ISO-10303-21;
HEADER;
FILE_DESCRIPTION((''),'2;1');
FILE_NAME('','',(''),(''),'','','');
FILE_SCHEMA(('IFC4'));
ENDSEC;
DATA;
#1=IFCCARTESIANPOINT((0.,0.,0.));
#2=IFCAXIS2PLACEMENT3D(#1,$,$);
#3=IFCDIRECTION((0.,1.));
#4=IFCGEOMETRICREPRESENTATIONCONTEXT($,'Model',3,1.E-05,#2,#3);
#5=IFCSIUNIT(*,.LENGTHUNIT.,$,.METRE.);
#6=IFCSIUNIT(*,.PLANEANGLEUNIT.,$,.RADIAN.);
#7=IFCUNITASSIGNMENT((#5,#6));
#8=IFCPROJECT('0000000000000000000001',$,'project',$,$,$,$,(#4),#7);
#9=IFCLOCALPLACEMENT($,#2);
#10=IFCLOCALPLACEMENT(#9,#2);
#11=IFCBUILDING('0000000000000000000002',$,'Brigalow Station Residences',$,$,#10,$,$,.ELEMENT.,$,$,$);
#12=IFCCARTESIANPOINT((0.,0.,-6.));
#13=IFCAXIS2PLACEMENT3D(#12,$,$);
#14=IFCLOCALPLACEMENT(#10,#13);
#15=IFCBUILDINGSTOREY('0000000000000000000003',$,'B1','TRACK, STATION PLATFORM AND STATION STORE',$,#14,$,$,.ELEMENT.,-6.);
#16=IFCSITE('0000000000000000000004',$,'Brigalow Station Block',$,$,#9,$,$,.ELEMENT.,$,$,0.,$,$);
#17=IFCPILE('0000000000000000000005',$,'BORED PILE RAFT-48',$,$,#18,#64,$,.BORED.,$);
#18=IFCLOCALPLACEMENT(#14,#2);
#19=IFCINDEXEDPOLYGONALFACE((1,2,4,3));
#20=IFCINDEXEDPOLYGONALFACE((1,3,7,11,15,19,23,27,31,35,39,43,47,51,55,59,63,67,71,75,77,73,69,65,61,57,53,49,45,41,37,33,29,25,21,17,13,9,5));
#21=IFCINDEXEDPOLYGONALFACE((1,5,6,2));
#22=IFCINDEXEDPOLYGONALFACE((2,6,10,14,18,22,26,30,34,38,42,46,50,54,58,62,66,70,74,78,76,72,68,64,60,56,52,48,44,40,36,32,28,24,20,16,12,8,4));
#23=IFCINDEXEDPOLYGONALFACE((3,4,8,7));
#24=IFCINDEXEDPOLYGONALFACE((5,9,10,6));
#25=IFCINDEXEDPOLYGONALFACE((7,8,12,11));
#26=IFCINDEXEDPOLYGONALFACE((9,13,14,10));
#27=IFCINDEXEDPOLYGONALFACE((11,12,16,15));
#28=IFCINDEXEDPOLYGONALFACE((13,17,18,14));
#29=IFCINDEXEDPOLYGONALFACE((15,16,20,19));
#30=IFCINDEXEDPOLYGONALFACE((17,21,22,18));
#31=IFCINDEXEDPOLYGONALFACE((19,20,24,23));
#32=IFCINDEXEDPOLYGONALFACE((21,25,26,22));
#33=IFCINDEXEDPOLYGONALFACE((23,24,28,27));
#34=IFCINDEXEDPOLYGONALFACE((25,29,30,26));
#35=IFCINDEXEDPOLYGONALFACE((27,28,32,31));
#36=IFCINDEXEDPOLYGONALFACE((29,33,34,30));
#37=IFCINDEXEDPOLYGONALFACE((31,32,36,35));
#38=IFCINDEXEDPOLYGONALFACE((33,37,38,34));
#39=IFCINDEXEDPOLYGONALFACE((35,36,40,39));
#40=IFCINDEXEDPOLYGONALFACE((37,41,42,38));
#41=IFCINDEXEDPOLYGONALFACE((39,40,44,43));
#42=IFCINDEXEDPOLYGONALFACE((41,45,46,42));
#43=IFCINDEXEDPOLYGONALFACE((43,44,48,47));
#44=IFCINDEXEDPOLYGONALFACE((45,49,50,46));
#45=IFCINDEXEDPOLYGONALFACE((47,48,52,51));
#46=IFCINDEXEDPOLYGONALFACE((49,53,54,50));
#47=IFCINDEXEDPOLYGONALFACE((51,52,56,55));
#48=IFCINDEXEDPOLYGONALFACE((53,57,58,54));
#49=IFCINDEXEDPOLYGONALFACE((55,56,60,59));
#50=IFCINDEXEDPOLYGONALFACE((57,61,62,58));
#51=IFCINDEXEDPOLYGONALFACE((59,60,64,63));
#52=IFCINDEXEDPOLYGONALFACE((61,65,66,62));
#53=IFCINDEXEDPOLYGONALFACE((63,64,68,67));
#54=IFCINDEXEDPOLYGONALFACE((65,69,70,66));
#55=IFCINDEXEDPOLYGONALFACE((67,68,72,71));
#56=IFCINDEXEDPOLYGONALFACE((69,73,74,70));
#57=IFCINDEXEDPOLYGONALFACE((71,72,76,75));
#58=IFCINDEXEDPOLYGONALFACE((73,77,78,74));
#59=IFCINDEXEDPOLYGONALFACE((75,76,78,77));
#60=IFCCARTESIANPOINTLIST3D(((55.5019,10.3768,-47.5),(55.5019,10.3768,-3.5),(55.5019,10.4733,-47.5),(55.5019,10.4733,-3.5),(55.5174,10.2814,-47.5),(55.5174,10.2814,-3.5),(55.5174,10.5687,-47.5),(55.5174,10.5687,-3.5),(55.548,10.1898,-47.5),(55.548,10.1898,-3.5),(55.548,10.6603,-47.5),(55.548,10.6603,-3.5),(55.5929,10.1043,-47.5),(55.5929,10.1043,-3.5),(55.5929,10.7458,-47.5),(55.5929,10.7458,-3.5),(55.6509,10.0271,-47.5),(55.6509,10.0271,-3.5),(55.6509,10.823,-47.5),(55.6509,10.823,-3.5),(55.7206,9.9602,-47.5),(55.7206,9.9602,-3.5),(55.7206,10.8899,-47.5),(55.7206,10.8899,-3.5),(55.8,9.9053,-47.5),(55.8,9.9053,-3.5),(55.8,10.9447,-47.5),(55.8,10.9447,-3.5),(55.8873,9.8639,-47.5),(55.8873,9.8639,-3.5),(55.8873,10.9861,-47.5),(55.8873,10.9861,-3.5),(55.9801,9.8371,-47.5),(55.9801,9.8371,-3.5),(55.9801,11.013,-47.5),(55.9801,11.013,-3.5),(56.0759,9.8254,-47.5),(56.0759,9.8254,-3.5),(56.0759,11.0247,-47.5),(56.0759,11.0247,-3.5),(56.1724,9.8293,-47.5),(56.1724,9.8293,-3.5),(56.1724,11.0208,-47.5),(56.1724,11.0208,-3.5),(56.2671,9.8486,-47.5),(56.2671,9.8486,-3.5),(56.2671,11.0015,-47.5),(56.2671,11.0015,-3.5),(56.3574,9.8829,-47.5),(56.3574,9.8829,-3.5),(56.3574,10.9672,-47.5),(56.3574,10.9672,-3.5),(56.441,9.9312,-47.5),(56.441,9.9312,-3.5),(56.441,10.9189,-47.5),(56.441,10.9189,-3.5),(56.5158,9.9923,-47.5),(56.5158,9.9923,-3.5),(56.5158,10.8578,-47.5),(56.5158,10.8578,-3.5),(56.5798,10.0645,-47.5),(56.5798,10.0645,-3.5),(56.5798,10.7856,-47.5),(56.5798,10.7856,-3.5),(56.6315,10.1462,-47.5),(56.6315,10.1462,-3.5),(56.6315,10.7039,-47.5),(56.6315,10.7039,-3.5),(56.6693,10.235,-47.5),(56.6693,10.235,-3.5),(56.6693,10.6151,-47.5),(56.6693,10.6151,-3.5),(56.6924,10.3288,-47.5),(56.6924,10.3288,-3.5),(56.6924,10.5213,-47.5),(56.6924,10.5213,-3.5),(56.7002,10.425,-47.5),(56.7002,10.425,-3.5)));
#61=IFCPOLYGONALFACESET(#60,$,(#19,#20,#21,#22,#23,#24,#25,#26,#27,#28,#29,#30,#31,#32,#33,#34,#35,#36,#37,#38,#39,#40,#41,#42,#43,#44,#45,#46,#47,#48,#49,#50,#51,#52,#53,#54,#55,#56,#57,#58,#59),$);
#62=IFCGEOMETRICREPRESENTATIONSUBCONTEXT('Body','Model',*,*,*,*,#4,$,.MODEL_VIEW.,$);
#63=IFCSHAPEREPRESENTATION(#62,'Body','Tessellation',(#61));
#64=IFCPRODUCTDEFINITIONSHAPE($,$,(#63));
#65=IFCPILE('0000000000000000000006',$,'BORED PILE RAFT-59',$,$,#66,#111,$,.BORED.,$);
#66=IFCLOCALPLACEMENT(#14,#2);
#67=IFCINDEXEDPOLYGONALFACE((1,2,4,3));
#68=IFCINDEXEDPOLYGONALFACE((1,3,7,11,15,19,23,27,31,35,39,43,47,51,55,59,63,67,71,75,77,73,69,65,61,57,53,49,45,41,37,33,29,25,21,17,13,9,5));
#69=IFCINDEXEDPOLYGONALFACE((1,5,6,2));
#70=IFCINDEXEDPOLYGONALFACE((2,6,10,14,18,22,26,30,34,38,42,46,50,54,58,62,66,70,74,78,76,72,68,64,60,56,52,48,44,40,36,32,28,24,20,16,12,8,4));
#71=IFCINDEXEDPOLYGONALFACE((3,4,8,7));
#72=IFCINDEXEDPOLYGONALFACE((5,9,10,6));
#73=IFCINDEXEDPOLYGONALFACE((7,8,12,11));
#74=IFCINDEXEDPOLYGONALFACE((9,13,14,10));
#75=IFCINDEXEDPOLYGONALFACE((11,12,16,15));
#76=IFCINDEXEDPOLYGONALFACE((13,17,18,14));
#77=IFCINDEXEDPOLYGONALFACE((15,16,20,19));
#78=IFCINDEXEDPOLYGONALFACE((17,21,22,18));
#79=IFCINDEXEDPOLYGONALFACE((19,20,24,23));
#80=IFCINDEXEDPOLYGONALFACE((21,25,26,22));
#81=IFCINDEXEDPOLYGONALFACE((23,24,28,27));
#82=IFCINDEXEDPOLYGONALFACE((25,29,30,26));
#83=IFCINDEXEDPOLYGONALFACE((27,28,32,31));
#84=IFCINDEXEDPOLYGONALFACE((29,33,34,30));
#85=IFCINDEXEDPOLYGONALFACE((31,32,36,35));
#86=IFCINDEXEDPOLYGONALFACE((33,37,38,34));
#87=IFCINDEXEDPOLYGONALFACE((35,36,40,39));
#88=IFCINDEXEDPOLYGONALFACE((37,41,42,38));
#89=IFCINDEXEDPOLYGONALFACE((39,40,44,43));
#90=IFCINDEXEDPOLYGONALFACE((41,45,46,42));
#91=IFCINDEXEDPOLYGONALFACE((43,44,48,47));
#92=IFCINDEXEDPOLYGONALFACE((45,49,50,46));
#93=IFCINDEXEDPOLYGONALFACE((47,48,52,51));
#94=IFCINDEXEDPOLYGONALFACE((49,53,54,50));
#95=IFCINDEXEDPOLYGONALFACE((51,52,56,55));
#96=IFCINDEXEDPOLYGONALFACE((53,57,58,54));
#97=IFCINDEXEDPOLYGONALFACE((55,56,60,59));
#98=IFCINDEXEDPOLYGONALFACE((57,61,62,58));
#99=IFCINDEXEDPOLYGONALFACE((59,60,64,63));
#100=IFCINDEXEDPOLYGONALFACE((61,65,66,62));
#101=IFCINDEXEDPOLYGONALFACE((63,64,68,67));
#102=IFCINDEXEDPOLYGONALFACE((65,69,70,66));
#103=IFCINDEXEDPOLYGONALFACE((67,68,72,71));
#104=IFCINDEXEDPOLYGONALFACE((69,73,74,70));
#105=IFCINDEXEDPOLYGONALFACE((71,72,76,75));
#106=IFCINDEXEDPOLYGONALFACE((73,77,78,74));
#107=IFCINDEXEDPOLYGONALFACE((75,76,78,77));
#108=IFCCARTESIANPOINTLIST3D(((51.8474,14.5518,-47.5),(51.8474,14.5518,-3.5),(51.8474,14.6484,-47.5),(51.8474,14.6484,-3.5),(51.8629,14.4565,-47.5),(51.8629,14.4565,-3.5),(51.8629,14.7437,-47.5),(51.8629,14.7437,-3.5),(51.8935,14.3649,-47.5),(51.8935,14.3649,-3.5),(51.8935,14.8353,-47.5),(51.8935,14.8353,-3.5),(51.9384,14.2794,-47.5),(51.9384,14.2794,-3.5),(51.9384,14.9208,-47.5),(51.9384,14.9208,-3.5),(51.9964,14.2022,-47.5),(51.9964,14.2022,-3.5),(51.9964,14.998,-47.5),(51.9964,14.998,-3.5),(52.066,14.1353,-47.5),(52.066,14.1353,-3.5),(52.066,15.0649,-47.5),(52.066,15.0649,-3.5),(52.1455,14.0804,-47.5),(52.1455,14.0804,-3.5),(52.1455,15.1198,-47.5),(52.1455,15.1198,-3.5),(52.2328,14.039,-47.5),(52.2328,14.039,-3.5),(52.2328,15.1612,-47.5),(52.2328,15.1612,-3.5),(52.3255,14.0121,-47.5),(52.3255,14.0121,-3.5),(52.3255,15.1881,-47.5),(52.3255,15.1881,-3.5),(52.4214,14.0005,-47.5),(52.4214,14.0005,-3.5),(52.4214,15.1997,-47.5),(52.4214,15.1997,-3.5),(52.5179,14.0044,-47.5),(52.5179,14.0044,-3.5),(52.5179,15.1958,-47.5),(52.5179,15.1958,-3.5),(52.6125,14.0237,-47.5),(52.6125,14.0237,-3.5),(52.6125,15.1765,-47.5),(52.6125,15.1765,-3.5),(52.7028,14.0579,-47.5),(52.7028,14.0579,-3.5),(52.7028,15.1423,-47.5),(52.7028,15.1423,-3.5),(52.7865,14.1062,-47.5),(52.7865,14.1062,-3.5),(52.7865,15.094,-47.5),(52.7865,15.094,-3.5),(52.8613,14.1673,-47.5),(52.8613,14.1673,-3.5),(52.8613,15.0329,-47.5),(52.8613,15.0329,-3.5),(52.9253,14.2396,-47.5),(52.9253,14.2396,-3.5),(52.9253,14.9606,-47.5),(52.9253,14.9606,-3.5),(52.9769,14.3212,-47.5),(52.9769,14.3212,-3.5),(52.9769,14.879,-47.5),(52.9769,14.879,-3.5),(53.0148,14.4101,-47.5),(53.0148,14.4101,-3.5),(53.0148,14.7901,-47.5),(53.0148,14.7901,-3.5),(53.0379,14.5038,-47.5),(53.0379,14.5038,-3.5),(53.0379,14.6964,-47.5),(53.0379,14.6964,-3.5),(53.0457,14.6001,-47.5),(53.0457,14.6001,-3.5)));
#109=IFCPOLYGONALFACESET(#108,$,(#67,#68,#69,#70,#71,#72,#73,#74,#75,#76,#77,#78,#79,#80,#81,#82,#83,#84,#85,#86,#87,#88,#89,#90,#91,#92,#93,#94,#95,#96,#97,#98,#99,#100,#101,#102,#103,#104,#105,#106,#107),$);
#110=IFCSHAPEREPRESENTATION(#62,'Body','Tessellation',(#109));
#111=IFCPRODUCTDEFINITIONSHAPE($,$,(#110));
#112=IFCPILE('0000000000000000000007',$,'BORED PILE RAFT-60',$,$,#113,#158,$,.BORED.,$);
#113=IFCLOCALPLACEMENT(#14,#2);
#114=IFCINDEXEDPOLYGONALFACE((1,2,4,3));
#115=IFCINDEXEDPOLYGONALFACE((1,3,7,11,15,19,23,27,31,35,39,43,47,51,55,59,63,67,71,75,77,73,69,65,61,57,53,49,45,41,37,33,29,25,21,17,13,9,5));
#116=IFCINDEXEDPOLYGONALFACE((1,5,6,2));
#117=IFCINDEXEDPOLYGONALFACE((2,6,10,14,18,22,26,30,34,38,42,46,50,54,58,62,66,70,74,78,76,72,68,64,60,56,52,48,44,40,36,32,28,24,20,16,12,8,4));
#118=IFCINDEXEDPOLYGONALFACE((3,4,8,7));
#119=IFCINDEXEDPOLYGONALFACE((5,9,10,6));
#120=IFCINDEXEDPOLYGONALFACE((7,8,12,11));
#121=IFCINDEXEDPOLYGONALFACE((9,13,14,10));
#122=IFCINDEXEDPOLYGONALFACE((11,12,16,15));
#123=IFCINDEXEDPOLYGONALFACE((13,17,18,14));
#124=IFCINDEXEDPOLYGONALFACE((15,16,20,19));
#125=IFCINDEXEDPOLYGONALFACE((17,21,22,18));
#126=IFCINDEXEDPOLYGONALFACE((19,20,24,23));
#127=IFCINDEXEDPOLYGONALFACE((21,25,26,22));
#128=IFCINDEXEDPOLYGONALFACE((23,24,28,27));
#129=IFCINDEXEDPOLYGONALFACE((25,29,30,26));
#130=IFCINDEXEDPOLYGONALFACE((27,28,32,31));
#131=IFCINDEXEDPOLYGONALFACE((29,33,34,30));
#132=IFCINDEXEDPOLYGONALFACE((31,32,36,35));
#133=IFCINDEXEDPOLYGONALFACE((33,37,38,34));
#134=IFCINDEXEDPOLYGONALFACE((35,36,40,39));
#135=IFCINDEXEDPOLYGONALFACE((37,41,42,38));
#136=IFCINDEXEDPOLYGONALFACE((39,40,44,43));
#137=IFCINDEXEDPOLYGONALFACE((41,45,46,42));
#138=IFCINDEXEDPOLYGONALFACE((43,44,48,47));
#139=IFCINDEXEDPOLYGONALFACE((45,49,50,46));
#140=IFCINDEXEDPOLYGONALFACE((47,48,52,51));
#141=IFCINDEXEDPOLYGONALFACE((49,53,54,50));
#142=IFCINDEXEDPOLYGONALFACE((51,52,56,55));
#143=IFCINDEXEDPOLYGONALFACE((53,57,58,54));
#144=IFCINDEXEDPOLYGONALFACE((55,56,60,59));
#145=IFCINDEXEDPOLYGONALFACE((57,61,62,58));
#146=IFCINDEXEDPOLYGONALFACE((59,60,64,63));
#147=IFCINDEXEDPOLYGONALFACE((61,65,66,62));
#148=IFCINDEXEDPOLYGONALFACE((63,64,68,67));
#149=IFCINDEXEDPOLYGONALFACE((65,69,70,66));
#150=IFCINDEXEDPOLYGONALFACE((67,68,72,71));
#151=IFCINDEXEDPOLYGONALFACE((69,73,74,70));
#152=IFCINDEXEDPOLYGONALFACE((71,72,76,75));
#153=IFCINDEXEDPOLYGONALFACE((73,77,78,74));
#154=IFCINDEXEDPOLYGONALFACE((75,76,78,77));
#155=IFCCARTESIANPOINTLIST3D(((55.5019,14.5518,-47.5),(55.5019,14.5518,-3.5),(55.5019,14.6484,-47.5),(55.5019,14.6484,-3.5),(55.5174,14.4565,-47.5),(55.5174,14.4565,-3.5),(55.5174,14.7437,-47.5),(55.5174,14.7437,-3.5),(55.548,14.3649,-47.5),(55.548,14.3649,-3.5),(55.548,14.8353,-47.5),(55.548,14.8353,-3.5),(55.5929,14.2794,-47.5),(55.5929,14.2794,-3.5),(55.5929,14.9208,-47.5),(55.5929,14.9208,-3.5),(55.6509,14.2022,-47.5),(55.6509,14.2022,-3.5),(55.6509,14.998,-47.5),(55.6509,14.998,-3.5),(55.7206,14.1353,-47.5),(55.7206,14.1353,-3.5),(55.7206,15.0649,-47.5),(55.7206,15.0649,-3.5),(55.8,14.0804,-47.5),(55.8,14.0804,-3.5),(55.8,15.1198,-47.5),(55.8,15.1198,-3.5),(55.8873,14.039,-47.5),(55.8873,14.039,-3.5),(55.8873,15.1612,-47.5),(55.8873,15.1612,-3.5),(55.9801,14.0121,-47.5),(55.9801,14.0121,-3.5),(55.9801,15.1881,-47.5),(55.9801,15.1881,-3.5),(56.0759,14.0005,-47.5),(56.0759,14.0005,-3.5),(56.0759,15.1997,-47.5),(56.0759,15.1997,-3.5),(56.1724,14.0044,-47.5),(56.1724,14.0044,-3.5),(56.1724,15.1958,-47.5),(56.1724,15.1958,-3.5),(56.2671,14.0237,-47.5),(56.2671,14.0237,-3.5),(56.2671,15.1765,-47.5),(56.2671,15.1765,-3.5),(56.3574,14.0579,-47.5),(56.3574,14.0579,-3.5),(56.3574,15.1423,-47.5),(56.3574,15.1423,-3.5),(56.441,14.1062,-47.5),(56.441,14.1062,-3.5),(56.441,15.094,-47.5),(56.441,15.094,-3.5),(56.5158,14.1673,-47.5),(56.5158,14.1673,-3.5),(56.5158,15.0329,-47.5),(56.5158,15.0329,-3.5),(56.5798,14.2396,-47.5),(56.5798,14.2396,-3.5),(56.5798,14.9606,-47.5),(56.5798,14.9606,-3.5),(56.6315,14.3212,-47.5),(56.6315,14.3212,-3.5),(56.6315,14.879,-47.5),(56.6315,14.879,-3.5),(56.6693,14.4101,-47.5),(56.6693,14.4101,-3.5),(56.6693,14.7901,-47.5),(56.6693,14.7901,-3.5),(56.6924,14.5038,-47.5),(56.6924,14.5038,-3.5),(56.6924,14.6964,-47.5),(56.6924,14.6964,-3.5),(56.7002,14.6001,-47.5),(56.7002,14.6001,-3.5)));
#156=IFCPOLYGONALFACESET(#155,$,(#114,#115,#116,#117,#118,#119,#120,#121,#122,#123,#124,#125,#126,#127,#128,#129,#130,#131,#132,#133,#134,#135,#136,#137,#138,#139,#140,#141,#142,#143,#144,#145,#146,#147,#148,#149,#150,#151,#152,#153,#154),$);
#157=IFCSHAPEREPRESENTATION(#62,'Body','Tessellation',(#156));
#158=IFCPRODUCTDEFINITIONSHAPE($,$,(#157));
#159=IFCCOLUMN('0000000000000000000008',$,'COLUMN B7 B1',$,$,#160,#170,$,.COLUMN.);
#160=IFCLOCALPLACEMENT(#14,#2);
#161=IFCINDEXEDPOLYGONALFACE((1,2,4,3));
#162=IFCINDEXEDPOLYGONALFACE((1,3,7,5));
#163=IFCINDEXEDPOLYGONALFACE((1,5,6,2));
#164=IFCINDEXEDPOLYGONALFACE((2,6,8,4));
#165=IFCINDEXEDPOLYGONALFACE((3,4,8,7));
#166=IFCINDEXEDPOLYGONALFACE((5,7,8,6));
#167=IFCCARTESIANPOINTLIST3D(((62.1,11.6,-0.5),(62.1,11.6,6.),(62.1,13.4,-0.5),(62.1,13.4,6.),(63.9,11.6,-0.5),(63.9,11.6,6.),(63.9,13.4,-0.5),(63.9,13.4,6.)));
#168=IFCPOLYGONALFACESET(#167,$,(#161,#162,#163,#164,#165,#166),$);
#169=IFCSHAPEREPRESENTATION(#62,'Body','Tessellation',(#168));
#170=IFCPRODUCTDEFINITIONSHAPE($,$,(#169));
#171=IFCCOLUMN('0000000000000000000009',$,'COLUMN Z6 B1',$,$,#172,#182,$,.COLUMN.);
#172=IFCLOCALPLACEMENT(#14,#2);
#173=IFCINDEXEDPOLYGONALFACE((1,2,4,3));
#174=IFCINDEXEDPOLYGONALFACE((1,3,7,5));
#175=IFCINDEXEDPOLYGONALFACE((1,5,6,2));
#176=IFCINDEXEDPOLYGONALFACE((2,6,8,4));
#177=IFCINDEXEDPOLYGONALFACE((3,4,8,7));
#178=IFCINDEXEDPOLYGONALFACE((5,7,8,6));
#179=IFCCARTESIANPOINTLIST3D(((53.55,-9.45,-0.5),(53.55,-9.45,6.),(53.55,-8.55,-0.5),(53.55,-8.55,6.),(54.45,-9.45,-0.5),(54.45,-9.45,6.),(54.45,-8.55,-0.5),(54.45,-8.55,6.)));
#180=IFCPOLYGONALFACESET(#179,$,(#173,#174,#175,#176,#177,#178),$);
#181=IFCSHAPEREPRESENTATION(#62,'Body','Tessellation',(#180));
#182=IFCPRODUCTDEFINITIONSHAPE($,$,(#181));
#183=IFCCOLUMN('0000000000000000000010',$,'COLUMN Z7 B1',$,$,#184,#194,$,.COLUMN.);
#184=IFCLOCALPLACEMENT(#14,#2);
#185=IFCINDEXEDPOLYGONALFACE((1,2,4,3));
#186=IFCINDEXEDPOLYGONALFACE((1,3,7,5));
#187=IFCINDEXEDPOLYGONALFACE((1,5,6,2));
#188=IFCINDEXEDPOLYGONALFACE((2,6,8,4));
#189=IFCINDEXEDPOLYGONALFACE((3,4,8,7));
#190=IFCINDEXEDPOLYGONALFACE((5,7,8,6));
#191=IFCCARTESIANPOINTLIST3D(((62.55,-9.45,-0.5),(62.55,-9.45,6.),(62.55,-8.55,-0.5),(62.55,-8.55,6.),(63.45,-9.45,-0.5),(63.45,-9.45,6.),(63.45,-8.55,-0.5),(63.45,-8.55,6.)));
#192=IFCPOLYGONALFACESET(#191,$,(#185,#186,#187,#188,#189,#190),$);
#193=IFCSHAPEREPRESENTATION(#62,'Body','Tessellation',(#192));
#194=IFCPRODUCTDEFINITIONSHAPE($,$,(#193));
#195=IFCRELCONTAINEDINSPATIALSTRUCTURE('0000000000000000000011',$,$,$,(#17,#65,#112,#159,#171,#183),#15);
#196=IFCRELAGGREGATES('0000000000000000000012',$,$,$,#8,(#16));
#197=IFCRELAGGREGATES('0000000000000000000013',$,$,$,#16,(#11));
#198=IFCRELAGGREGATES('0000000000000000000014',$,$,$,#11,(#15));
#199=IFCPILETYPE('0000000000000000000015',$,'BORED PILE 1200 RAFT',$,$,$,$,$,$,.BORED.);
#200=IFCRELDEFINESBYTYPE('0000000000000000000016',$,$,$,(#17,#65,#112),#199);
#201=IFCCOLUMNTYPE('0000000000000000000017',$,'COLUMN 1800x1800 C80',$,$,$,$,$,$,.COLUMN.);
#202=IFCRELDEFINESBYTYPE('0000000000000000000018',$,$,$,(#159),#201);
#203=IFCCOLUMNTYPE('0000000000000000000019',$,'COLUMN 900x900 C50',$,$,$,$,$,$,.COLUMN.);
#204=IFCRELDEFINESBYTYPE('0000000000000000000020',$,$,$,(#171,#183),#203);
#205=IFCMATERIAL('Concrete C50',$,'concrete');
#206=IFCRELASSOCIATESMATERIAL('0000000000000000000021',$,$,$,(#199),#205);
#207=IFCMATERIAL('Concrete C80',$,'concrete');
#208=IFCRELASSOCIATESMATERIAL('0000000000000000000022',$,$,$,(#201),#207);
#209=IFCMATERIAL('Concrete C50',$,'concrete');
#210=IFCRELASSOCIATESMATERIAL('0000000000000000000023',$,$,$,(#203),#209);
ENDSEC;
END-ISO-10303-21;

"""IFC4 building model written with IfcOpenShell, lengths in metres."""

from ifc_helpers import new_model, si_unit, direction, frame, origin, origin_2d, place, context, subcontext, project, spatial, rectangle, circle, extrude, material, material_profile, profile_set, type_object, element, save


model = new_model("IFC4")

# Units and contexts
model_context = context("Model", 3, precision=1e-05, world=origin(), true_north=direction((0.0, 1.0)))
body_context = subcontext(model_context, "Body", "Model", "MODEL_VIEW")
ifc_project = project(units=[si_unit("LENGTHUNIT", "METRE"), si_unit("PLANEANGLEUNIT", "RADIAN")], contexts=[model_context])

# Site, building, storey
site_placement = place(None, origin())
site = spatial("IfcSite", under=ifc_project, at=site_placement, Name="Brigalow Station Block", CompositionType="ELEMENT", RefElevation=0.0)
building_placement = place(site_placement, origin())
building = spatial("IfcBuilding", under=site, at=building_placement, Name="Brigalow Station Residences", CompositionType="ELEMENT")
storey_placement = place(building_placement, frame((0.0, 0.0, -6.0)))
storey = spatial("IfcBuildingStorey", under=building, at=storey_placement, Name="B1", Description="TRACK, STATION PLATFORM AND STATION STORE", CompositionType="ELEMENT", Elevation=-6.0)

# Piles
ifc_material_1 = material(Name="Concrete C50", Category="concrete")
ifc_material_profile_1 = material_profile(ifc_material_1, circle(Radius=0.6001, at=origin_2d()), Name="BP1200")
ifc_profile_set_1 = profile_set([ifc_material_profile_1], Name="Concrete C50")
pile_type_1 = type_object("IfcPileType", Name="BORED PILE 1200 RAFT", PredefinedType="BORED", material=ifc_profile_set_1)
for number, where, z_axis, x_axis, name in (
    (1, (56.1001, 10.425, -3.5), (0.0, 0.0, -1.0), (1.0, 0.0, 0.0), "BORED PILE RAFT-48"),
    (2, (52.4456, 14.6001, -3.5), (0.0, 0.0, -1.0), (1.0, 0.0, 0.0), "BORED PILE RAFT-59"),
    (3, (56.1001, 14.6001, -3.5), (0.0, 0.0, -1.0), (1.0, 0.0, 0.0), "BORED PILE RAFT-60"),
):
    element("IfcPile", number, at=place(storey_placement, frame(where, z_axis=z_axis, x_axis=x_axis)), inside=storey, type_object=pile_type_1, Name=name, PredefinedType="BORED", context=body_context, shape_type="SweptSolid", body=[
        extrude(circle(Radius=0.6001, at=origin_2d()), origin(), (0.0, 0.0, 1.0), 44.0),
    ])

# Columns
ifc_material_2 = material(Name="Concrete C80", Category="concrete")
ifc_material_profile_2 = material_profile(ifc_material_2, rectangle(XDim=1.8, YDim=1.8, at=origin_2d()), Name="RC1800x1800")
ifc_profile_set_2 = profile_set([ifc_material_profile_2], Name="Concrete C80")
column_type_1 = type_object("IfcColumnType", Name="COLUMN 1800x1800 C80", PredefinedType="COLUMN", material=ifc_profile_set_2)
column_1_placement = place(storey_placement, frame((63.0, 12.5, -0.5), z_axis=(0.0, 0.0, 1.0), x_axis=(1.0, 0.0, 0.0)))
element("IfcColumn", 4, at=column_1_placement, inside=storey, type_object=column_type_1, Name="COLUMN B7 B1", PredefinedType="COLUMN", context=body_context, shape_type="SweptSolid", body=[
    extrude(rectangle(XDim=1.8, YDim=1.8, at=origin_2d()), origin(), (0.0, 0.0, 1.0), 6.5),
])
ifc_material_3 = material(Name="Concrete C50", Category="concrete")
ifc_material_profile_3 = material_profile(ifc_material_3, rectangle(XDim=0.8999, YDim=0.8999, at=origin_2d()), Name="RC900x900")
ifc_profile_set_3 = profile_set([ifc_material_profile_3], Name="Concrete C50")
column_type_2 = type_object("IfcColumnType", Name="COLUMN 900x900 C50", PredefinedType="COLUMN", material=ifc_profile_set_3)
for number, where, z_axis, x_axis, name in (
    (5, (54.0, -9.0, -0.5), (0.0, 0.0, 1.0), (1.0, 0.0, 0.0), "COLUMN Z6 B1"),
    (6, (63.0, -9.0, -0.5), (0.0, 0.0, 1.0), (1.0, 0.0, 0.0), "COLUMN Z7 B1"),
):
    element("IfcColumn", number, at=place(storey_placement, frame(where, z_axis=z_axis, x_axis=x_axis)), inside=storey, type_object=column_type_2, Name=name, PredefinedType="COLUMN", context=body_context, shape_type="SweptSolid", body=[
        extrude(rectangle(XDim=0.8999, YDim=0.8999, at=origin_2d()), origin(), (0.0, 0.0, 1.0), 6.5),
    ])

save(model, "model.ifc")
